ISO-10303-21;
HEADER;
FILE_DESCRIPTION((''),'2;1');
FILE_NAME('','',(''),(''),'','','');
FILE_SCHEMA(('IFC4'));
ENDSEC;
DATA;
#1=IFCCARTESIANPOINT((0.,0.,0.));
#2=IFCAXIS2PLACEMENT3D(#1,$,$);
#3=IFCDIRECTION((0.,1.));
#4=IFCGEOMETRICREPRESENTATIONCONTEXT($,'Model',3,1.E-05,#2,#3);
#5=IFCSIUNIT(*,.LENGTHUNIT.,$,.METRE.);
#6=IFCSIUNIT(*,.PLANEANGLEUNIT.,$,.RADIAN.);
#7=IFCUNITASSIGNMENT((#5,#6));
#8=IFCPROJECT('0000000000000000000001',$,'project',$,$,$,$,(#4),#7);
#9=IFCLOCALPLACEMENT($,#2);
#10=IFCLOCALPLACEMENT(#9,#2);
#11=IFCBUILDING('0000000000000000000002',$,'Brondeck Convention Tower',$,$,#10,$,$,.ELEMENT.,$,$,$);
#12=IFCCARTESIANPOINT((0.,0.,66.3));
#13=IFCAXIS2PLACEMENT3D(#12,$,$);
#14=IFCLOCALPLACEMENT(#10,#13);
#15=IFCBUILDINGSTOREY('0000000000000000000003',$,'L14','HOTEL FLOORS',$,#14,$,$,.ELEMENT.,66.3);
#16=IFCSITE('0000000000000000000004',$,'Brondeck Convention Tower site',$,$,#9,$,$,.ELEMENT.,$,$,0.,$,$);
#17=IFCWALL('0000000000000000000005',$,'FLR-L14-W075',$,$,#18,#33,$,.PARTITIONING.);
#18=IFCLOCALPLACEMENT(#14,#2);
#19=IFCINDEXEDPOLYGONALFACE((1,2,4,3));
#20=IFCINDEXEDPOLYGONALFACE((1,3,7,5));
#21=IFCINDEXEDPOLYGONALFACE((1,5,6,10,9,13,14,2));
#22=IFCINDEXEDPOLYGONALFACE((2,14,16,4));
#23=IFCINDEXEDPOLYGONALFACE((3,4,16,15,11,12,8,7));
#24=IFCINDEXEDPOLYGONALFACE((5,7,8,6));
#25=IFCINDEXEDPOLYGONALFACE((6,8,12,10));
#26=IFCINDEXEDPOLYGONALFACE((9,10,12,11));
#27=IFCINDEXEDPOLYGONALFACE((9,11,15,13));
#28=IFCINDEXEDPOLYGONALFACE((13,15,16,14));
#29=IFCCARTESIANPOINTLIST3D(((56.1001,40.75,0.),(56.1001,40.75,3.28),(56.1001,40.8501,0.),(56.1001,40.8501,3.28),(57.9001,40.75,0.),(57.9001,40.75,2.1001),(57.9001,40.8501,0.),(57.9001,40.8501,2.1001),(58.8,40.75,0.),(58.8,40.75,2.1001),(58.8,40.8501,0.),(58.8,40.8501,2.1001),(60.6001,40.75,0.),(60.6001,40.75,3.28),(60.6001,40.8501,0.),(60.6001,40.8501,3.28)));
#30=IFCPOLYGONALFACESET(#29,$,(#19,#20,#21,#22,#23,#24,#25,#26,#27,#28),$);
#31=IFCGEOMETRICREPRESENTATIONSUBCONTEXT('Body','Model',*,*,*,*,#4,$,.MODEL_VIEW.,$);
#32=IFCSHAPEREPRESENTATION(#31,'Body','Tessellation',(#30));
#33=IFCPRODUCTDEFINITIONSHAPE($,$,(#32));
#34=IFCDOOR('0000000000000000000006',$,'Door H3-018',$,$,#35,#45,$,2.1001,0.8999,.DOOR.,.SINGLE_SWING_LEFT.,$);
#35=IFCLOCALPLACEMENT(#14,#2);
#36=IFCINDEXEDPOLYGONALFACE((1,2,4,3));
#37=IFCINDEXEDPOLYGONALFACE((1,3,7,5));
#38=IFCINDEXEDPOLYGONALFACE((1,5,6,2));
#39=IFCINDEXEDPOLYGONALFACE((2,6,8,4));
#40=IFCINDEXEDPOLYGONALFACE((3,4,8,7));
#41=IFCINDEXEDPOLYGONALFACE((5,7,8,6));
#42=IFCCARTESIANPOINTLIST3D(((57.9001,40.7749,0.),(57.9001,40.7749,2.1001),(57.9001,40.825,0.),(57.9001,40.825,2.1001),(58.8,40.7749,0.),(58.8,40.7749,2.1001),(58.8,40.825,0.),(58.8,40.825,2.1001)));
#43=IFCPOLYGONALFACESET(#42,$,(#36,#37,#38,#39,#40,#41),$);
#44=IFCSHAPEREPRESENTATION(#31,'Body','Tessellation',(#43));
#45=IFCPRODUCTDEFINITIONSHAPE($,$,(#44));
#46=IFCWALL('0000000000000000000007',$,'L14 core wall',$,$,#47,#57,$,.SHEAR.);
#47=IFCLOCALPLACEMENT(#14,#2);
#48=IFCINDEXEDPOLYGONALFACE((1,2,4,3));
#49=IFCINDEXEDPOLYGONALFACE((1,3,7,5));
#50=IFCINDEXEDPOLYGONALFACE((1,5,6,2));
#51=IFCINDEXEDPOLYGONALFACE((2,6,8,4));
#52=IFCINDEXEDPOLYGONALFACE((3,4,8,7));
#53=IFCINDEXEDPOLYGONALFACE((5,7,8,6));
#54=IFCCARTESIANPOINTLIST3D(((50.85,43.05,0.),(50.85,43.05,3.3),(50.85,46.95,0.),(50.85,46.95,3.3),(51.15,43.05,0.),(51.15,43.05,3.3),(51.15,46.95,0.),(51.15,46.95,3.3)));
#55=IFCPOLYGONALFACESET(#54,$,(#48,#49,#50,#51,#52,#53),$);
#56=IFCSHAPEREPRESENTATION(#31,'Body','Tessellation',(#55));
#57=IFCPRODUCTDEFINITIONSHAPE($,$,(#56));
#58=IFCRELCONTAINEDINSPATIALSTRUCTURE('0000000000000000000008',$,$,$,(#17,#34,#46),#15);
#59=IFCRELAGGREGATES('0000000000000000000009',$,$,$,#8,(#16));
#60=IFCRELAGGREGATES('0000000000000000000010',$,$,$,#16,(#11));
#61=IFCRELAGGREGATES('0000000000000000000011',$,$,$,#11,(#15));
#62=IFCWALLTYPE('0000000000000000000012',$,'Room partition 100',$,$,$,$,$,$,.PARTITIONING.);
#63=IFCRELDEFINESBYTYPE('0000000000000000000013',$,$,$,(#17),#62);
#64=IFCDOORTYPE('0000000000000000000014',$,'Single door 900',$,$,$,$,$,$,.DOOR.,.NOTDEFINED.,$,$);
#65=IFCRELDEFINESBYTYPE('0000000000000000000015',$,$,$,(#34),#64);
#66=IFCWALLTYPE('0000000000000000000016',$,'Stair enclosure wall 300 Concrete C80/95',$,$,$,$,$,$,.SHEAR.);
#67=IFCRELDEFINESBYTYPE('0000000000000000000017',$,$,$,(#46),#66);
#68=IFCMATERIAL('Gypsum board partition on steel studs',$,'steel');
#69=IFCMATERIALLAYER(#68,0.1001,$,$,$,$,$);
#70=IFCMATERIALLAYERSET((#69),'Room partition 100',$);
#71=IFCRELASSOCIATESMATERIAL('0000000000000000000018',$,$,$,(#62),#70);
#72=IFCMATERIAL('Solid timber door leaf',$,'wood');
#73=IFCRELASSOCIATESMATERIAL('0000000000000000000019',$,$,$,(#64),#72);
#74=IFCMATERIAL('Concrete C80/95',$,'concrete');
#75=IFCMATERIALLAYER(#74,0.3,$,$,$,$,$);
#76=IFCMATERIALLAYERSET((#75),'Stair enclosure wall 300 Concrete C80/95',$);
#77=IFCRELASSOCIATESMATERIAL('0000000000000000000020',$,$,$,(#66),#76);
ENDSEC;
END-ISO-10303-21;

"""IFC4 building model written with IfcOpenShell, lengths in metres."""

from ifc_helpers import new_model, si_unit, direction, frame, frame_2d, origin, place, context, subcontext, project, spatial, rectangle, extrude, material, layer, layer_set, type_object, element, fill, save


model = new_model("IFC4")

# Units and contexts
model_context = context("Model", 3, precision=1e-05, world=origin(), true_north=direction((0.0, 1.0)))
body_context = subcontext(model_context, "Body", "Model", "MODEL_VIEW")
ifc_project = project(units=[si_unit("LENGTHUNIT", "METRE"), si_unit("PLANEANGLEUNIT", "RADIAN")], contexts=[model_context])

# Site, building, storey
site_placement = place(None, origin())
site = spatial("IfcSite", under=ifc_project, at=site_placement, Name="Brondeck Convention Tower site", CompositionType="ELEMENT", RefElevation=0.0)
building_placement = place(site_placement, origin())
building = spatial("IfcBuilding", under=site, at=building_placement, Name="Brondeck Convention Tower", CompositionType="ELEMENT")
storey_placement = place(building_placement, frame((0.0, 0.0, 66.3)))
storey = spatial("IfcBuildingStorey", under=building, at=storey_placement, Name="L14", Description="HOTEL FLOORS", CompositionType="ELEMENT", Elevation=66.3)

# Shared definitions
ifc_material_1 = material(Name="Concrete C80/95", Category="concrete")

# Shared definitions
ifc_material_2 = material(Name="Gypsum board partition on steel studs", Category="steel")
ifc_layer_1 = layer(ifc_material_2, 0.1001)
ifc_layer_set_1 = layer_set([ifc_layer_1], Name="Room partition 100")
wall_type_1 = type_object("IfcWallType", Name="Room partition 100", PredefinedType="PARTITIONING", material=ifc_layer_set_1)

# Wall, opening, door
wall_1_placement = place(storey_placement, frame((56.1001, 40.8, 0.0), z_axis=(0.0, 0.0, 1.0), x_axis=(1.0, 0.0, 0.0)))
wall_1 = element("IfcWall", 1, at=wall_1_placement, inside=storey, type_object=wall_type_1, Name="FLR-L14-W075", PredefinedType="PARTITIONING", context=body_context, shape_type="SweptSolid", body=[
    extrude(rectangle(XDim=4.5, YDim=0.1001, at=frame_2d((2.25, 0.0))), origin(), (0.0, 0.0, 1.0), 3.28),
])
opening_1_placement = place(wall_1_placement, frame((1.8, 0.0, 0.0)))
opening_1 = element("IfcOpeningElement", 2, at=opening_1_placement, cuts=wall_1, PredefinedType="OPENING", context=body_context, shape_type="SweptSolid", body=[
    extrude(rectangle(XDim=0.8999, YDim=2.1001, at=frame_2d((0.45, 1.05))), frame((0.0, 0.0601, 0.0), z_axis=(0.0, -1.0, 0.0), x_axis=(1.0, 0.0, 0.0)), (0.0, 0.0, 1.0), 0.1201),
])
ifc_material_3 = material(Name="Solid timber door leaf", Category="wood")
door_type_1 = type_object("IfcDoorType", Name="Single door 900", OperationType="NOTDEFINED", PredefinedType="DOOR", material=ifc_material_3)
door_1_placement = place(opening_1_placement, origin())
door_1 = element("IfcDoor", 3, at=door_1_placement, inside=storey, type_object=door_type_1, Name="Door H3-018", OperationType="SINGLE_SWING_LEFT", OverallHeight=2.1001, OverallWidth=0.8999, PredefinedType="DOOR", context=body_context, shape_type="SweptSolid", body=[
    extrude(rectangle(XDim=0.8999, YDim=2.1001, at=frame_2d((0.45, 1.05))), frame((0.0, 0.0249, 0.0), z_axis=(0.0, -1.0, 0.0), x_axis=(1.0, 0.0, 0.0)), (0.0, 0.0, 1.0), 0.05),
])
fill(opening_1, door_1)

# Wall
ifc_layer_2 = layer(ifc_material_1, 0.3)
ifc_layer_set_2 = layer_set([ifc_layer_2], Name="Stair enclosure wall 300 Concrete C80/95")
wall_type_2 = type_object("IfcWallType", Name="Stair enclosure wall 300 Concrete C80/95", PredefinedType="SHEAR", material=ifc_layer_set_2)
wall_2_placement = place(storey_placement, frame((51.0, 43.05, 0.0), z_axis=(0.0, 0.0, 1.0), x_axis=(0.0, 1.0, 0.0)))
element("IfcWall", 4, at=wall_2_placement, inside=storey, type_object=wall_type_2, Name="L14 core wall", PredefinedType="SHEAR", context=body_context, shape_type="SweptSolid", body=[
    extrude(rectangle(XDim=3.8999, YDim=0.3, at=frame_2d((1.95, 0.0))), origin(), (0.0, 0.0, 1.0), 3.3),
])

save(model, "model.ifc")
